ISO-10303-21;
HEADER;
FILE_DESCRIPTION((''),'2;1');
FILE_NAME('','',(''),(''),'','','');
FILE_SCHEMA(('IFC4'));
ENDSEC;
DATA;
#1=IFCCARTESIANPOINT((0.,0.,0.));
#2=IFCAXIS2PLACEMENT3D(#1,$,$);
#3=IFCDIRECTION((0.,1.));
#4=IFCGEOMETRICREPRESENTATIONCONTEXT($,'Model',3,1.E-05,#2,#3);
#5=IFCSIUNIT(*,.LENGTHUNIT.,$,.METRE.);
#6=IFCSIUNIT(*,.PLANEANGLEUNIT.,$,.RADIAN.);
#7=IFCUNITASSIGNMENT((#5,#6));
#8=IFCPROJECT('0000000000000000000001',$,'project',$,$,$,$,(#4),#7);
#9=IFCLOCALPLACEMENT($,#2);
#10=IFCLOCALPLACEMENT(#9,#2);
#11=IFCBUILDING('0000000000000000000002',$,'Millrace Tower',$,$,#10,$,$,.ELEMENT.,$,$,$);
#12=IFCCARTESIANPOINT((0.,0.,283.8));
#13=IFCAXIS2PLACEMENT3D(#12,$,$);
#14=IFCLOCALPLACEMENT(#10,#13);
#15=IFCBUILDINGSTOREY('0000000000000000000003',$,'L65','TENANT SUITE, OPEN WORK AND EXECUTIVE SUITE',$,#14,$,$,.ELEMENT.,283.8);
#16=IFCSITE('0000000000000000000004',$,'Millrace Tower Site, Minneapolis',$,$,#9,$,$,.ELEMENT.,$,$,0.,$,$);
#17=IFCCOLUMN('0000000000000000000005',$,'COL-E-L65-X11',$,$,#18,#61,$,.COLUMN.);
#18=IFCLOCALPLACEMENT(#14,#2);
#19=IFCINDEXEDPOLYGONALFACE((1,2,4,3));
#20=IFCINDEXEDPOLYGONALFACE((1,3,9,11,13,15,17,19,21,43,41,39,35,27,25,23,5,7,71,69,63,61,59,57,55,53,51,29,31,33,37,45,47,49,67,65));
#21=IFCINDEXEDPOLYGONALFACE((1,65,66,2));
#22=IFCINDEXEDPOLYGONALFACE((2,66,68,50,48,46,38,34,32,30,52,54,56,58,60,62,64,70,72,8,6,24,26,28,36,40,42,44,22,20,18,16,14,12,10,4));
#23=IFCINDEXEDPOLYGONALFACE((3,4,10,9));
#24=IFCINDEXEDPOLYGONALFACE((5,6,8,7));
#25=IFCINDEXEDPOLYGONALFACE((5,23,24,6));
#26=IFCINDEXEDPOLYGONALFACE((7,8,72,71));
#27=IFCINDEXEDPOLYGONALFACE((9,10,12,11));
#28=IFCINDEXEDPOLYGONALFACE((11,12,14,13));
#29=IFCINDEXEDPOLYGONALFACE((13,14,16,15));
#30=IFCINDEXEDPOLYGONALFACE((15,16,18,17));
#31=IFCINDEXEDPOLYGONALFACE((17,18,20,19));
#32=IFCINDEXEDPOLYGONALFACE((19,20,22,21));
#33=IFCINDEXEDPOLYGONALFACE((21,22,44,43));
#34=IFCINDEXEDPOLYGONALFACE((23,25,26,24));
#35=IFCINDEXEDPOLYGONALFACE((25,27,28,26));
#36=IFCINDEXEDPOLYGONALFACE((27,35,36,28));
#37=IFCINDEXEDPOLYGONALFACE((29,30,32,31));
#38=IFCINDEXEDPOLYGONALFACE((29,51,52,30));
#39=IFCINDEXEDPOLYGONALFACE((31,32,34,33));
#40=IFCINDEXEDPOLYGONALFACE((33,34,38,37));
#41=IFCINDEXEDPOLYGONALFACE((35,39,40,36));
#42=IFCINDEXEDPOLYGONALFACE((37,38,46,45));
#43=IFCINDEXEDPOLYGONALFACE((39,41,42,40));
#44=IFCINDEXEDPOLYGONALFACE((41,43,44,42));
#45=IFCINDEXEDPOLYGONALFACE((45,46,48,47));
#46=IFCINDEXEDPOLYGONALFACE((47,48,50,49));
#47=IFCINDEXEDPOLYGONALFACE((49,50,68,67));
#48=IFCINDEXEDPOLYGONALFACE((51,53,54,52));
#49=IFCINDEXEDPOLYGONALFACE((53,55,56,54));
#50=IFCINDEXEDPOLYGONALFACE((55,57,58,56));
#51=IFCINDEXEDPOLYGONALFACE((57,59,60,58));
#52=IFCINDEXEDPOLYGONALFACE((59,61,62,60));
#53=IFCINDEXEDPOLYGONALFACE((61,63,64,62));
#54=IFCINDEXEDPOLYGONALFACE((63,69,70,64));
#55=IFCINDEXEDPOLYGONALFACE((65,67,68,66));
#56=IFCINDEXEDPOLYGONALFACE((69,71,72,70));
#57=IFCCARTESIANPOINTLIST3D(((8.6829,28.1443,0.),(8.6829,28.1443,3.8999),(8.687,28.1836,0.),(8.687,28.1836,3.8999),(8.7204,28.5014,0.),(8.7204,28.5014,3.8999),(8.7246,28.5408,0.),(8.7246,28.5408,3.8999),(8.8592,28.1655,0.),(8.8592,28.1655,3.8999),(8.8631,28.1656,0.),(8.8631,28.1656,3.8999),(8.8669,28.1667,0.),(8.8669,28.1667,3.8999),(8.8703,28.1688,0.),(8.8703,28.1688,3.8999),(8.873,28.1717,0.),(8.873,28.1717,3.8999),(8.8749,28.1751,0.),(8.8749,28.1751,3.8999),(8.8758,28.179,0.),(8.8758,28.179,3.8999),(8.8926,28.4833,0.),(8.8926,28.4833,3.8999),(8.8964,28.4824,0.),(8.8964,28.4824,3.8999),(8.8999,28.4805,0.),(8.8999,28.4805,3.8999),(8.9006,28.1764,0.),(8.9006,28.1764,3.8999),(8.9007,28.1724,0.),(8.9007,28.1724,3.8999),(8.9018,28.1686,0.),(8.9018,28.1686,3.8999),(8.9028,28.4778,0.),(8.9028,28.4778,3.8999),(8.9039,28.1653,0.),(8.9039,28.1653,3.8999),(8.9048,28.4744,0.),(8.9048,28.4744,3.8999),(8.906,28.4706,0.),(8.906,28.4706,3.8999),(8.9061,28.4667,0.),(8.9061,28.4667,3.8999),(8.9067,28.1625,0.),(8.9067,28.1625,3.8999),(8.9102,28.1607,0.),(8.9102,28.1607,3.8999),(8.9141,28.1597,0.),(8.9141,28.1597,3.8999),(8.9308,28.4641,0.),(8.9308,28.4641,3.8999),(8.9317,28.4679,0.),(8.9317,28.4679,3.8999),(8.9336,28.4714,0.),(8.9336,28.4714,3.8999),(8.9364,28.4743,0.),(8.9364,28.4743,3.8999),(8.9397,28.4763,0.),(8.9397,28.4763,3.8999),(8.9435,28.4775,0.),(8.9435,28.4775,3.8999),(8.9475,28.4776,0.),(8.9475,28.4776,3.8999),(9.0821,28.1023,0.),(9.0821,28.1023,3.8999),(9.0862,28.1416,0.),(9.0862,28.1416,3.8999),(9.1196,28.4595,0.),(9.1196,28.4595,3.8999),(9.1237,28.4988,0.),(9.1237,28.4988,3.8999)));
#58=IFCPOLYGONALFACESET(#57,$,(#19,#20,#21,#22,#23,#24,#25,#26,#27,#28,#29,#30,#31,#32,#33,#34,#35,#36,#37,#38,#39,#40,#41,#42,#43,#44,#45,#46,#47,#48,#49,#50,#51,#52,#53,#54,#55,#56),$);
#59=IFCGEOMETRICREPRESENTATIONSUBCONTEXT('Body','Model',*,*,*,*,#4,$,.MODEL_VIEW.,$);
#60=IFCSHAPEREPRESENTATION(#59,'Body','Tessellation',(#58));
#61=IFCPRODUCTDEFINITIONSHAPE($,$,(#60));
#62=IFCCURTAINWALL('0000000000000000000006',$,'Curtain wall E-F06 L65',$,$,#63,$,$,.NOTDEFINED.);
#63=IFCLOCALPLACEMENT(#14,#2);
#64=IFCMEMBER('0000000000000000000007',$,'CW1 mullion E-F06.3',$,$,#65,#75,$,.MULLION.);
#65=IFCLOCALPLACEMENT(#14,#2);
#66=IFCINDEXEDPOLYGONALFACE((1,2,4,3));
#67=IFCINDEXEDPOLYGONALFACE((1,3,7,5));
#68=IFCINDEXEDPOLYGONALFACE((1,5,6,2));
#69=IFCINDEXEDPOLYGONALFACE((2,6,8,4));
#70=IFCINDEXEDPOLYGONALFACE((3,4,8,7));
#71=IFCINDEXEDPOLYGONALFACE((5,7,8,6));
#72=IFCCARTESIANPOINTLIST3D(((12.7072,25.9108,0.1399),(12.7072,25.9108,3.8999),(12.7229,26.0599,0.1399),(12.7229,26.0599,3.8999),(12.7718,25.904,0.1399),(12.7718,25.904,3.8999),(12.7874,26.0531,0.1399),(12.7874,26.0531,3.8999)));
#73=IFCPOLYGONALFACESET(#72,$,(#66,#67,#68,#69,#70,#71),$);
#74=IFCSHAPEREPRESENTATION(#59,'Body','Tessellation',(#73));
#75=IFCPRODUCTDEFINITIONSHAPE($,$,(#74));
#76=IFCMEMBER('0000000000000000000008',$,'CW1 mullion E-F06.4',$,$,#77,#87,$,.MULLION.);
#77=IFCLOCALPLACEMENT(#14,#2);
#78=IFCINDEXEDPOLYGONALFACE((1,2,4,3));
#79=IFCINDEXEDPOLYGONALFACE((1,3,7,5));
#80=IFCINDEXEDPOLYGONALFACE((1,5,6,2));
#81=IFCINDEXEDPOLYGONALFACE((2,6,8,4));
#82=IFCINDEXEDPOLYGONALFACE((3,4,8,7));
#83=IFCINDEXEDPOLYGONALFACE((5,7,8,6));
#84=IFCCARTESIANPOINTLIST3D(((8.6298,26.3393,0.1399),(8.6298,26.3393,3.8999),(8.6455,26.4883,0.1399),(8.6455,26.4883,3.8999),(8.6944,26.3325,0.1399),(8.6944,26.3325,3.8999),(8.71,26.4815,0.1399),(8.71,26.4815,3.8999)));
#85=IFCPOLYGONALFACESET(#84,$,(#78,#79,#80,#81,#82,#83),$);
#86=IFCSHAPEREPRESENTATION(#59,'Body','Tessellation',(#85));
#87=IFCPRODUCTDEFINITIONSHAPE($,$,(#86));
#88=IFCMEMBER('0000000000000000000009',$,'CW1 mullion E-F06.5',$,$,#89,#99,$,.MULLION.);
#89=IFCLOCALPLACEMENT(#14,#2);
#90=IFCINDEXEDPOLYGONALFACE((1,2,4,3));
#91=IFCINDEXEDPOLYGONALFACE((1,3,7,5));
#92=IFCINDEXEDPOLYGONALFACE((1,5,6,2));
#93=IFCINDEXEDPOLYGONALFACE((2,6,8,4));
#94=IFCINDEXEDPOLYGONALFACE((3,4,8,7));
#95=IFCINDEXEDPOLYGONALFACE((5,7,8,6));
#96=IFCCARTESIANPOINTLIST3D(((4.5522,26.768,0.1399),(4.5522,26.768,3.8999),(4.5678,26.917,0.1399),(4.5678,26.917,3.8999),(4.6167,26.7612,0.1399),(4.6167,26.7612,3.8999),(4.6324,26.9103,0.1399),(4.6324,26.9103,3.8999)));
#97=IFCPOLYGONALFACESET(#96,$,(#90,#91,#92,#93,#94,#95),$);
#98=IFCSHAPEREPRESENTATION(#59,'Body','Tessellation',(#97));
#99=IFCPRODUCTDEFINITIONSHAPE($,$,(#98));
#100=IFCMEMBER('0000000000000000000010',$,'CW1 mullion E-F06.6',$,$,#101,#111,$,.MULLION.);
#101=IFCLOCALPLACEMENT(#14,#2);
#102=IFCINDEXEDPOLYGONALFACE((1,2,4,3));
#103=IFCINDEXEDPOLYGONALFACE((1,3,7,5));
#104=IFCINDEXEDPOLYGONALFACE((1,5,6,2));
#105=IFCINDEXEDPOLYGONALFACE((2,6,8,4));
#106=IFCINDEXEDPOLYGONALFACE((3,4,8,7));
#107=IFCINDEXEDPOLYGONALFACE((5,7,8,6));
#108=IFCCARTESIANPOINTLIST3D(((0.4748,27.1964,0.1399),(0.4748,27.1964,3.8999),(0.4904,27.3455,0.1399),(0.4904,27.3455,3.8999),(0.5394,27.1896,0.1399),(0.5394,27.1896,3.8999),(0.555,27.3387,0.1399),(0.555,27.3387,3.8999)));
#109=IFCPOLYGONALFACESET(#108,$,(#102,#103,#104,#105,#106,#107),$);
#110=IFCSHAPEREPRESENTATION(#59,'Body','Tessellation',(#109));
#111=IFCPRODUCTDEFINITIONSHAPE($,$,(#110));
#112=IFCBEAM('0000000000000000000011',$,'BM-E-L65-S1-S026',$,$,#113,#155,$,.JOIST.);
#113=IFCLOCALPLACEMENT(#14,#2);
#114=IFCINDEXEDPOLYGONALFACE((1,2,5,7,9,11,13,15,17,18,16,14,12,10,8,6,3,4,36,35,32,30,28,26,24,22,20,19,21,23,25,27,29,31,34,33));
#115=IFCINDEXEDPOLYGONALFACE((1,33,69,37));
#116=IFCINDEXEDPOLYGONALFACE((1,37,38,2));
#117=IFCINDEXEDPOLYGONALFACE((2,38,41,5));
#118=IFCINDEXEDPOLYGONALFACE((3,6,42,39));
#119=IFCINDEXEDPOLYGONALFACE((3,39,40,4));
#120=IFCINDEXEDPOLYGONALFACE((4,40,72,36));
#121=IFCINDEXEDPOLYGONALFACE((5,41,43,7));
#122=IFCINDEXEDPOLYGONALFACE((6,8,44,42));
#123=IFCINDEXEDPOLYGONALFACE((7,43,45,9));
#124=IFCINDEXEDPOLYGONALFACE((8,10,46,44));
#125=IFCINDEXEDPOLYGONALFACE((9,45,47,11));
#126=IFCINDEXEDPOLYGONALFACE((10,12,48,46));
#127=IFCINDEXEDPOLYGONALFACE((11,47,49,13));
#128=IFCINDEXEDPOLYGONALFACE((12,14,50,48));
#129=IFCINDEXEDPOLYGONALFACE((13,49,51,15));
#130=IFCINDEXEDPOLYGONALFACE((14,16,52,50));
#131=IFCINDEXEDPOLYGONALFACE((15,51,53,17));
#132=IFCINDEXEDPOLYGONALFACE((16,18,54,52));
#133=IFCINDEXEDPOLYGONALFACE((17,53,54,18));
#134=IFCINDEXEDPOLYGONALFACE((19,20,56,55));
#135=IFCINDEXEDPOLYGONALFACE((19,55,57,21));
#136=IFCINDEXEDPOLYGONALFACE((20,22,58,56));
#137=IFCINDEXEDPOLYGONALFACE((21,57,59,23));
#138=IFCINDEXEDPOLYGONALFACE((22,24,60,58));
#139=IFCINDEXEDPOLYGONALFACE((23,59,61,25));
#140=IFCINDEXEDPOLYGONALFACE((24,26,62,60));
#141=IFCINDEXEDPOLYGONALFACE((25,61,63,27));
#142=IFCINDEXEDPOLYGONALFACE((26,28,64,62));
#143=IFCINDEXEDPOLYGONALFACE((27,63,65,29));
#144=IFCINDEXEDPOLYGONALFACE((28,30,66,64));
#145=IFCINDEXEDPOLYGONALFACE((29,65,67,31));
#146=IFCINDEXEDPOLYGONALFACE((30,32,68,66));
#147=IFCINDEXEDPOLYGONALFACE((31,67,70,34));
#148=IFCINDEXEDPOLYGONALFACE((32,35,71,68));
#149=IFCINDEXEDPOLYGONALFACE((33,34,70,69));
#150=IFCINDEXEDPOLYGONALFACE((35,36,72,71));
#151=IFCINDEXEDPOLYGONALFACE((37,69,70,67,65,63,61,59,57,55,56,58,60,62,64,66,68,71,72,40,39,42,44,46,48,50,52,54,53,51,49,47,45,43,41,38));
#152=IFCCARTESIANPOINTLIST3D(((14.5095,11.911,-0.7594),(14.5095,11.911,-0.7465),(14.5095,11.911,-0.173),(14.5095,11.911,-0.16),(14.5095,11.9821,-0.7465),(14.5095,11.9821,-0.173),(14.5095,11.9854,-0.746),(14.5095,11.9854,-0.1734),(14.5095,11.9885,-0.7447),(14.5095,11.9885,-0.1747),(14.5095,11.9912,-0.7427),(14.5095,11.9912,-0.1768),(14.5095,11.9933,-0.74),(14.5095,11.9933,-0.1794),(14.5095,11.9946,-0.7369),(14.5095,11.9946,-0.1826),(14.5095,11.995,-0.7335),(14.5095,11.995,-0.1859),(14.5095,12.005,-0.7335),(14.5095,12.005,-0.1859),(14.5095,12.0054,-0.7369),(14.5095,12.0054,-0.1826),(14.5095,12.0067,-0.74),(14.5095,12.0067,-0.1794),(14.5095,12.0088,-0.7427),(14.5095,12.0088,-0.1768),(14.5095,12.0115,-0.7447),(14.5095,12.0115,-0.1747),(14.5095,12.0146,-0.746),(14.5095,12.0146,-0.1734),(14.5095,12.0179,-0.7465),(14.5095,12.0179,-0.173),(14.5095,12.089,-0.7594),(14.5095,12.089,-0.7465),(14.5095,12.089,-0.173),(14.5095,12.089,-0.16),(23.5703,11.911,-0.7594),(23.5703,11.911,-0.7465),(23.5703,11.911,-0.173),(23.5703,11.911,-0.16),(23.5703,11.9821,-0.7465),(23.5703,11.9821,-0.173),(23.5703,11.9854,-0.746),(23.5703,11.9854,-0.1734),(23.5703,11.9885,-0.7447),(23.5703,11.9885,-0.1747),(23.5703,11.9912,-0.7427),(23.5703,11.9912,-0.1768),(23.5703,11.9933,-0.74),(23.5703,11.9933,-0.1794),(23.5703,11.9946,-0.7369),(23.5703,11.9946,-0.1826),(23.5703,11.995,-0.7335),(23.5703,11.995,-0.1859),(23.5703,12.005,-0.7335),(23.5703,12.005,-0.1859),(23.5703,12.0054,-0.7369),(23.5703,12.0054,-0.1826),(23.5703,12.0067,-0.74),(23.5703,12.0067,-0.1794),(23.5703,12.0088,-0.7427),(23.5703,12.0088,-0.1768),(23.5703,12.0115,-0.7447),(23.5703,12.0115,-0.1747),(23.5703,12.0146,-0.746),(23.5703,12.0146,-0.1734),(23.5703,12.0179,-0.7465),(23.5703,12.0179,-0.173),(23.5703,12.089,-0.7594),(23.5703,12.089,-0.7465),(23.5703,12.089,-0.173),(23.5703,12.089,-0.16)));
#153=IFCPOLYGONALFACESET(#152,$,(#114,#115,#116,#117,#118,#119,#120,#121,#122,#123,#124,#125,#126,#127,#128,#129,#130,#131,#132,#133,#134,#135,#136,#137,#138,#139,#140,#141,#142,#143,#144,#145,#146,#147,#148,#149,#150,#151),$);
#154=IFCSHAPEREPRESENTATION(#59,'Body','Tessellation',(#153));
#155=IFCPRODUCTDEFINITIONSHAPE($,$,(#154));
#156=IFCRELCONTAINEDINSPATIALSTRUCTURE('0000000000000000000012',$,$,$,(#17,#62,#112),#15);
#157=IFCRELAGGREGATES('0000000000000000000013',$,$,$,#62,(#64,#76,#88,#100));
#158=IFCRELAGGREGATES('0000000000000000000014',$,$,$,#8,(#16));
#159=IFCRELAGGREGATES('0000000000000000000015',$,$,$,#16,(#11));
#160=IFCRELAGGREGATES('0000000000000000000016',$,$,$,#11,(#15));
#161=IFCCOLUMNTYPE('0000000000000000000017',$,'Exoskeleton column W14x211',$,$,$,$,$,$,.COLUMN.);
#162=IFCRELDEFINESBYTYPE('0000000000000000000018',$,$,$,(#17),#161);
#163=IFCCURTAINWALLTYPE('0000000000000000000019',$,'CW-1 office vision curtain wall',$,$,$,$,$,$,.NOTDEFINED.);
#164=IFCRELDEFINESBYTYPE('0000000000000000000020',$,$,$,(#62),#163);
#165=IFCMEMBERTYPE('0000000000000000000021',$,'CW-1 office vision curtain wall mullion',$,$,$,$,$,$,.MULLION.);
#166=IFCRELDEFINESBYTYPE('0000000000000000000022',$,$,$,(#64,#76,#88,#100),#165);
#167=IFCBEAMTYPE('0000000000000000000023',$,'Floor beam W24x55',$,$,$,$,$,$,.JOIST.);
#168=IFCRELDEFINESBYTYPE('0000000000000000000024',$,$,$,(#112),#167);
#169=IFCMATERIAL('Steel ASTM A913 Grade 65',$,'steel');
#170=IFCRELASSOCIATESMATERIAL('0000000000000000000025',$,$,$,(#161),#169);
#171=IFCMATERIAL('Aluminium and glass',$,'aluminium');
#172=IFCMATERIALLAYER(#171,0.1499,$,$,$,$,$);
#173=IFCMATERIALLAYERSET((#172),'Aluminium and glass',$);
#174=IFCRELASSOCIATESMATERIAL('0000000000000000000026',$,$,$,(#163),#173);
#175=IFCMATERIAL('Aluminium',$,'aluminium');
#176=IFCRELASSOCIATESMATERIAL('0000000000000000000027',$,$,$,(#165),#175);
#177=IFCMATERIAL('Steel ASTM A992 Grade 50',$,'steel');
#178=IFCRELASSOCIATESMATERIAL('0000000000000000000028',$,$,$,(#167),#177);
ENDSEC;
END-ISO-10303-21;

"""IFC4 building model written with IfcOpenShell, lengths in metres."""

from ifc_helpers import new_model, si_unit, direction, frame, origin, origin_2d, place, context, subcontext, project, spatial, rectangle, i_section, extrude, material, layer, layer_set, material_profile, profile_set, type_object, element, aggregate, save


model = new_model("IFC4")

# Units and contexts
model_context = context("Model", 3, precision=1e-05, world=origin(), true_north=direction((0.0, 1.0)))
body_context = subcontext(model_context, "Body", "Model", "MODEL_VIEW")
ifc_project = project(units=[si_unit("LENGTHUNIT", "METRE"), si_unit("PLANEANGLEUNIT", "RADIAN")], contexts=[model_context])

# Site, building, storey
site_placement = place(None, origin())
site = spatial("IfcSite", under=ifc_project, at=site_placement, Name="Millrace Tower Site, Minneapolis", CompositionType="ELEMENT", RefElevation=0.0)
building_placement = place(site_placement, origin())
building = spatial("IfcBuilding", under=site, at=building_placement, Name="Millrace Tower", CompositionType="ELEMENT")
storey_placement = place(building_placement, frame((0.0, 0.0, 283.8)))
storey = spatial("IfcBuildingStorey", under=building, at=storey_placement, Name="L65", Description="TENANT SUITE, OPEN WORK AND EXECUTIVE SUITE", CompositionType="ELEMENT", Elevation=283.8)

# Column
ifc_material_1 = material(Name="Steel ASTM A913 Grade 65", Category="steel")
ifc_material_profile_1 = material_profile(ifc_material_1, i_section(OverallWidth=0.4014, OverallDepth=0.3987, WebThickness=0.0249, FlangeThickness=0.0396, FilletRadius=0.0151, at=origin_2d()))
ifc_profile_set_1 = profile_set([ifc_material_profile_1], Name="Steel ASTM A913 Grade 65")
column_type = type_object("IfcColumnType", Name="Exoskeleton column W14x211", PredefinedType="COLUMN", material=ifc_profile_set_1)
column_placement = place(storey_placement, frame((8.9033, 28.3215, 0.0), z_axis=(0.0, 0.0, 1.0), x_axis=(-0.994522, 0.104528, 0.0)))
element("IfcColumn", 1, at=column_placement, inside=storey, type_object=column_type, Name="COL-E-L65-X11", PredefinedType="COLUMN", context=body_context, shape_type="SweptSolid", body=[
    extrude(i_section(OverallWidth=0.4014, OverallDepth=0.3987, WebThickness=0.0249, FlangeThickness=0.0396, FilletRadius=0.0151, at=origin_2d()), origin(), (0.0, 0.0, 1.0), 3.8999),
])

# Curtain wall, members
ifc_material_2 = material(Name="Aluminium and glass", Category="aluminium")
ifc_layer_1 = layer(ifc_material_2, 0.1499)
ifc_layer_set_1 = layer_set([ifc_layer_1], Name="Aluminium and glass")
curtain_wall_type = type_object("IfcCurtainWallType", Name="CW-1 office vision curtain wall", PredefinedType="NOTDEFINED", material=ifc_layer_set_1)
curtain_wall_placement = place(storey_placement, origin())
curtain_wall = element("IfcCurtainWall", 2, at=curtain_wall_placement, inside=storey, type_object=curtain_wall_type, Name="Curtain wall E-F06 L65", PredefinedType="NOTDEFINED")
ifc_material_3 = material(Name="Aluminium", Category="aluminium")
ifc_material_profile_2 = material_profile(ifc_material_3, rectangle(XDim=0.0649, YDim=0.1499, at=origin_2d()))
ifc_profile_set_2 = profile_set([ifc_material_profile_2], Name="Aluminium")
member_type = type_object("IfcMemberType", Name="CW-1 office vision curtain wall mullion", PredefinedType="MULLION", material=ifc_profile_set_2)
member_1_placement = place(storey_placement, frame((12.7473, 25.9819, 0.1399), z_axis=(0.0, 0.0, 1.0), x_axis=(-0.994522, 0.104528, 0.0)))
member_1 = element("IfcMember", 3, at=member_1_placement, type_object=member_type, Name="CW1 mullion E-F06.3", PredefinedType="MULLION", context=body_context, shape_type="SweptSolid", body=[
    extrude(rectangle(XDim=0.0649, YDim=0.1499, at=origin_2d()), origin(), (0.0, 0.0, 1.0), 3.76),
])
member_2_placement = place(storey_placement, frame((8.6699, 26.4104, 0.1399), z_axis=(0.0, 0.0, 1.0), x_axis=(-0.994522, 0.104528, 0.0)))
member_2 = element("IfcMember", 4, at=member_2_placement, type_object=member_type, Name="CW1 mullion E-F06.4", PredefinedType="MULLION", context=body_context, shape_type="SweptSolid", body=[
    extrude(rectangle(XDim=0.0649, YDim=0.1499, at=origin_2d()), origin(), (0.0, 0.0, 1.0), 3.76),
])
member_3_placement = place(storey_placement, frame((4.5923, 26.8391, 0.1399), z_axis=(0.0, 0.0, 1.0), x_axis=(-0.994522, 0.104528, 0.0)))
member_3 = element("IfcMember", 5, at=member_3_placement, type_object=member_type, Name="CW1 mullion E-F06.5", PredefinedType="MULLION", context=body_context, shape_type="SweptSolid", body=[
    extrude(rectangle(XDim=0.0649, YDim=0.1499, at=origin_2d()), origin(), (0.0, 0.0, 1.0), 3.76),
])
member_4_placement = place(storey_placement, frame((0.5149, 27.2676, 0.1399), z_axis=(0.0, 0.0, 1.0), x_axis=(-0.994522, 0.104528, 0.0)))
member_4 = element("IfcMember", 6, at=member_4_placement, type_object=member_type, Name="CW1 mullion E-F06.6", PredefinedType="MULLION", context=body_context, shape_type="SweptSolid", body=[
    extrude(rectangle(XDim=0.0649, YDim=0.1499, at=origin_2d()), origin(), (0.0, 0.0, 1.0), 3.76),
])
aggregate(curtain_wall, [member_1, member_2, member_3, member_4])

# Beam
ifc_material_4 = material(Name="Steel ASTM A992 Grade 50", Category="steel")
ifc_material_profile_3 = material_profile(ifc_material_4, i_section(OverallWidth=0.178, OverallDepth=0.5994, WebThickness=0.01, FlangeThickness=0.0129, FilletRadius=0.0129, at=origin_2d()))
ifc_profile_set_3 = profile_set([ifc_material_profile_3], Name="Steel ASTM A992 Grade 50")
beam_type_1 = type_object("IfcBeamType", Name="Floor beam W24x55", PredefinedType="JOIST", material=ifc_profile_set_3)
beam_1_placement = place(storey_placement, frame((14.5095, 12.0, -0.4597), z_axis=(1.0, 0.0, 0.0), x_axis=(0.0, 1.0, 0.0)))
element("IfcBeam", 7, at=beam_1_placement, inside=storey, type_object=beam_type_1, Name="BM-E-L65-S1-S026", PredefinedType="JOIST", context=body_context, shape_type="SweptSolid", body=[
    extrude(i_section(OverallWidth=0.178, OverallDepth=0.5994, WebThickness=0.01, FlangeThickness=0.0129, FilletRadius=0.0129, at=origin_2d()), origin(), (0.0, 0.0, 1.0), 9.0608),
])

save(model, "model.ifc")
